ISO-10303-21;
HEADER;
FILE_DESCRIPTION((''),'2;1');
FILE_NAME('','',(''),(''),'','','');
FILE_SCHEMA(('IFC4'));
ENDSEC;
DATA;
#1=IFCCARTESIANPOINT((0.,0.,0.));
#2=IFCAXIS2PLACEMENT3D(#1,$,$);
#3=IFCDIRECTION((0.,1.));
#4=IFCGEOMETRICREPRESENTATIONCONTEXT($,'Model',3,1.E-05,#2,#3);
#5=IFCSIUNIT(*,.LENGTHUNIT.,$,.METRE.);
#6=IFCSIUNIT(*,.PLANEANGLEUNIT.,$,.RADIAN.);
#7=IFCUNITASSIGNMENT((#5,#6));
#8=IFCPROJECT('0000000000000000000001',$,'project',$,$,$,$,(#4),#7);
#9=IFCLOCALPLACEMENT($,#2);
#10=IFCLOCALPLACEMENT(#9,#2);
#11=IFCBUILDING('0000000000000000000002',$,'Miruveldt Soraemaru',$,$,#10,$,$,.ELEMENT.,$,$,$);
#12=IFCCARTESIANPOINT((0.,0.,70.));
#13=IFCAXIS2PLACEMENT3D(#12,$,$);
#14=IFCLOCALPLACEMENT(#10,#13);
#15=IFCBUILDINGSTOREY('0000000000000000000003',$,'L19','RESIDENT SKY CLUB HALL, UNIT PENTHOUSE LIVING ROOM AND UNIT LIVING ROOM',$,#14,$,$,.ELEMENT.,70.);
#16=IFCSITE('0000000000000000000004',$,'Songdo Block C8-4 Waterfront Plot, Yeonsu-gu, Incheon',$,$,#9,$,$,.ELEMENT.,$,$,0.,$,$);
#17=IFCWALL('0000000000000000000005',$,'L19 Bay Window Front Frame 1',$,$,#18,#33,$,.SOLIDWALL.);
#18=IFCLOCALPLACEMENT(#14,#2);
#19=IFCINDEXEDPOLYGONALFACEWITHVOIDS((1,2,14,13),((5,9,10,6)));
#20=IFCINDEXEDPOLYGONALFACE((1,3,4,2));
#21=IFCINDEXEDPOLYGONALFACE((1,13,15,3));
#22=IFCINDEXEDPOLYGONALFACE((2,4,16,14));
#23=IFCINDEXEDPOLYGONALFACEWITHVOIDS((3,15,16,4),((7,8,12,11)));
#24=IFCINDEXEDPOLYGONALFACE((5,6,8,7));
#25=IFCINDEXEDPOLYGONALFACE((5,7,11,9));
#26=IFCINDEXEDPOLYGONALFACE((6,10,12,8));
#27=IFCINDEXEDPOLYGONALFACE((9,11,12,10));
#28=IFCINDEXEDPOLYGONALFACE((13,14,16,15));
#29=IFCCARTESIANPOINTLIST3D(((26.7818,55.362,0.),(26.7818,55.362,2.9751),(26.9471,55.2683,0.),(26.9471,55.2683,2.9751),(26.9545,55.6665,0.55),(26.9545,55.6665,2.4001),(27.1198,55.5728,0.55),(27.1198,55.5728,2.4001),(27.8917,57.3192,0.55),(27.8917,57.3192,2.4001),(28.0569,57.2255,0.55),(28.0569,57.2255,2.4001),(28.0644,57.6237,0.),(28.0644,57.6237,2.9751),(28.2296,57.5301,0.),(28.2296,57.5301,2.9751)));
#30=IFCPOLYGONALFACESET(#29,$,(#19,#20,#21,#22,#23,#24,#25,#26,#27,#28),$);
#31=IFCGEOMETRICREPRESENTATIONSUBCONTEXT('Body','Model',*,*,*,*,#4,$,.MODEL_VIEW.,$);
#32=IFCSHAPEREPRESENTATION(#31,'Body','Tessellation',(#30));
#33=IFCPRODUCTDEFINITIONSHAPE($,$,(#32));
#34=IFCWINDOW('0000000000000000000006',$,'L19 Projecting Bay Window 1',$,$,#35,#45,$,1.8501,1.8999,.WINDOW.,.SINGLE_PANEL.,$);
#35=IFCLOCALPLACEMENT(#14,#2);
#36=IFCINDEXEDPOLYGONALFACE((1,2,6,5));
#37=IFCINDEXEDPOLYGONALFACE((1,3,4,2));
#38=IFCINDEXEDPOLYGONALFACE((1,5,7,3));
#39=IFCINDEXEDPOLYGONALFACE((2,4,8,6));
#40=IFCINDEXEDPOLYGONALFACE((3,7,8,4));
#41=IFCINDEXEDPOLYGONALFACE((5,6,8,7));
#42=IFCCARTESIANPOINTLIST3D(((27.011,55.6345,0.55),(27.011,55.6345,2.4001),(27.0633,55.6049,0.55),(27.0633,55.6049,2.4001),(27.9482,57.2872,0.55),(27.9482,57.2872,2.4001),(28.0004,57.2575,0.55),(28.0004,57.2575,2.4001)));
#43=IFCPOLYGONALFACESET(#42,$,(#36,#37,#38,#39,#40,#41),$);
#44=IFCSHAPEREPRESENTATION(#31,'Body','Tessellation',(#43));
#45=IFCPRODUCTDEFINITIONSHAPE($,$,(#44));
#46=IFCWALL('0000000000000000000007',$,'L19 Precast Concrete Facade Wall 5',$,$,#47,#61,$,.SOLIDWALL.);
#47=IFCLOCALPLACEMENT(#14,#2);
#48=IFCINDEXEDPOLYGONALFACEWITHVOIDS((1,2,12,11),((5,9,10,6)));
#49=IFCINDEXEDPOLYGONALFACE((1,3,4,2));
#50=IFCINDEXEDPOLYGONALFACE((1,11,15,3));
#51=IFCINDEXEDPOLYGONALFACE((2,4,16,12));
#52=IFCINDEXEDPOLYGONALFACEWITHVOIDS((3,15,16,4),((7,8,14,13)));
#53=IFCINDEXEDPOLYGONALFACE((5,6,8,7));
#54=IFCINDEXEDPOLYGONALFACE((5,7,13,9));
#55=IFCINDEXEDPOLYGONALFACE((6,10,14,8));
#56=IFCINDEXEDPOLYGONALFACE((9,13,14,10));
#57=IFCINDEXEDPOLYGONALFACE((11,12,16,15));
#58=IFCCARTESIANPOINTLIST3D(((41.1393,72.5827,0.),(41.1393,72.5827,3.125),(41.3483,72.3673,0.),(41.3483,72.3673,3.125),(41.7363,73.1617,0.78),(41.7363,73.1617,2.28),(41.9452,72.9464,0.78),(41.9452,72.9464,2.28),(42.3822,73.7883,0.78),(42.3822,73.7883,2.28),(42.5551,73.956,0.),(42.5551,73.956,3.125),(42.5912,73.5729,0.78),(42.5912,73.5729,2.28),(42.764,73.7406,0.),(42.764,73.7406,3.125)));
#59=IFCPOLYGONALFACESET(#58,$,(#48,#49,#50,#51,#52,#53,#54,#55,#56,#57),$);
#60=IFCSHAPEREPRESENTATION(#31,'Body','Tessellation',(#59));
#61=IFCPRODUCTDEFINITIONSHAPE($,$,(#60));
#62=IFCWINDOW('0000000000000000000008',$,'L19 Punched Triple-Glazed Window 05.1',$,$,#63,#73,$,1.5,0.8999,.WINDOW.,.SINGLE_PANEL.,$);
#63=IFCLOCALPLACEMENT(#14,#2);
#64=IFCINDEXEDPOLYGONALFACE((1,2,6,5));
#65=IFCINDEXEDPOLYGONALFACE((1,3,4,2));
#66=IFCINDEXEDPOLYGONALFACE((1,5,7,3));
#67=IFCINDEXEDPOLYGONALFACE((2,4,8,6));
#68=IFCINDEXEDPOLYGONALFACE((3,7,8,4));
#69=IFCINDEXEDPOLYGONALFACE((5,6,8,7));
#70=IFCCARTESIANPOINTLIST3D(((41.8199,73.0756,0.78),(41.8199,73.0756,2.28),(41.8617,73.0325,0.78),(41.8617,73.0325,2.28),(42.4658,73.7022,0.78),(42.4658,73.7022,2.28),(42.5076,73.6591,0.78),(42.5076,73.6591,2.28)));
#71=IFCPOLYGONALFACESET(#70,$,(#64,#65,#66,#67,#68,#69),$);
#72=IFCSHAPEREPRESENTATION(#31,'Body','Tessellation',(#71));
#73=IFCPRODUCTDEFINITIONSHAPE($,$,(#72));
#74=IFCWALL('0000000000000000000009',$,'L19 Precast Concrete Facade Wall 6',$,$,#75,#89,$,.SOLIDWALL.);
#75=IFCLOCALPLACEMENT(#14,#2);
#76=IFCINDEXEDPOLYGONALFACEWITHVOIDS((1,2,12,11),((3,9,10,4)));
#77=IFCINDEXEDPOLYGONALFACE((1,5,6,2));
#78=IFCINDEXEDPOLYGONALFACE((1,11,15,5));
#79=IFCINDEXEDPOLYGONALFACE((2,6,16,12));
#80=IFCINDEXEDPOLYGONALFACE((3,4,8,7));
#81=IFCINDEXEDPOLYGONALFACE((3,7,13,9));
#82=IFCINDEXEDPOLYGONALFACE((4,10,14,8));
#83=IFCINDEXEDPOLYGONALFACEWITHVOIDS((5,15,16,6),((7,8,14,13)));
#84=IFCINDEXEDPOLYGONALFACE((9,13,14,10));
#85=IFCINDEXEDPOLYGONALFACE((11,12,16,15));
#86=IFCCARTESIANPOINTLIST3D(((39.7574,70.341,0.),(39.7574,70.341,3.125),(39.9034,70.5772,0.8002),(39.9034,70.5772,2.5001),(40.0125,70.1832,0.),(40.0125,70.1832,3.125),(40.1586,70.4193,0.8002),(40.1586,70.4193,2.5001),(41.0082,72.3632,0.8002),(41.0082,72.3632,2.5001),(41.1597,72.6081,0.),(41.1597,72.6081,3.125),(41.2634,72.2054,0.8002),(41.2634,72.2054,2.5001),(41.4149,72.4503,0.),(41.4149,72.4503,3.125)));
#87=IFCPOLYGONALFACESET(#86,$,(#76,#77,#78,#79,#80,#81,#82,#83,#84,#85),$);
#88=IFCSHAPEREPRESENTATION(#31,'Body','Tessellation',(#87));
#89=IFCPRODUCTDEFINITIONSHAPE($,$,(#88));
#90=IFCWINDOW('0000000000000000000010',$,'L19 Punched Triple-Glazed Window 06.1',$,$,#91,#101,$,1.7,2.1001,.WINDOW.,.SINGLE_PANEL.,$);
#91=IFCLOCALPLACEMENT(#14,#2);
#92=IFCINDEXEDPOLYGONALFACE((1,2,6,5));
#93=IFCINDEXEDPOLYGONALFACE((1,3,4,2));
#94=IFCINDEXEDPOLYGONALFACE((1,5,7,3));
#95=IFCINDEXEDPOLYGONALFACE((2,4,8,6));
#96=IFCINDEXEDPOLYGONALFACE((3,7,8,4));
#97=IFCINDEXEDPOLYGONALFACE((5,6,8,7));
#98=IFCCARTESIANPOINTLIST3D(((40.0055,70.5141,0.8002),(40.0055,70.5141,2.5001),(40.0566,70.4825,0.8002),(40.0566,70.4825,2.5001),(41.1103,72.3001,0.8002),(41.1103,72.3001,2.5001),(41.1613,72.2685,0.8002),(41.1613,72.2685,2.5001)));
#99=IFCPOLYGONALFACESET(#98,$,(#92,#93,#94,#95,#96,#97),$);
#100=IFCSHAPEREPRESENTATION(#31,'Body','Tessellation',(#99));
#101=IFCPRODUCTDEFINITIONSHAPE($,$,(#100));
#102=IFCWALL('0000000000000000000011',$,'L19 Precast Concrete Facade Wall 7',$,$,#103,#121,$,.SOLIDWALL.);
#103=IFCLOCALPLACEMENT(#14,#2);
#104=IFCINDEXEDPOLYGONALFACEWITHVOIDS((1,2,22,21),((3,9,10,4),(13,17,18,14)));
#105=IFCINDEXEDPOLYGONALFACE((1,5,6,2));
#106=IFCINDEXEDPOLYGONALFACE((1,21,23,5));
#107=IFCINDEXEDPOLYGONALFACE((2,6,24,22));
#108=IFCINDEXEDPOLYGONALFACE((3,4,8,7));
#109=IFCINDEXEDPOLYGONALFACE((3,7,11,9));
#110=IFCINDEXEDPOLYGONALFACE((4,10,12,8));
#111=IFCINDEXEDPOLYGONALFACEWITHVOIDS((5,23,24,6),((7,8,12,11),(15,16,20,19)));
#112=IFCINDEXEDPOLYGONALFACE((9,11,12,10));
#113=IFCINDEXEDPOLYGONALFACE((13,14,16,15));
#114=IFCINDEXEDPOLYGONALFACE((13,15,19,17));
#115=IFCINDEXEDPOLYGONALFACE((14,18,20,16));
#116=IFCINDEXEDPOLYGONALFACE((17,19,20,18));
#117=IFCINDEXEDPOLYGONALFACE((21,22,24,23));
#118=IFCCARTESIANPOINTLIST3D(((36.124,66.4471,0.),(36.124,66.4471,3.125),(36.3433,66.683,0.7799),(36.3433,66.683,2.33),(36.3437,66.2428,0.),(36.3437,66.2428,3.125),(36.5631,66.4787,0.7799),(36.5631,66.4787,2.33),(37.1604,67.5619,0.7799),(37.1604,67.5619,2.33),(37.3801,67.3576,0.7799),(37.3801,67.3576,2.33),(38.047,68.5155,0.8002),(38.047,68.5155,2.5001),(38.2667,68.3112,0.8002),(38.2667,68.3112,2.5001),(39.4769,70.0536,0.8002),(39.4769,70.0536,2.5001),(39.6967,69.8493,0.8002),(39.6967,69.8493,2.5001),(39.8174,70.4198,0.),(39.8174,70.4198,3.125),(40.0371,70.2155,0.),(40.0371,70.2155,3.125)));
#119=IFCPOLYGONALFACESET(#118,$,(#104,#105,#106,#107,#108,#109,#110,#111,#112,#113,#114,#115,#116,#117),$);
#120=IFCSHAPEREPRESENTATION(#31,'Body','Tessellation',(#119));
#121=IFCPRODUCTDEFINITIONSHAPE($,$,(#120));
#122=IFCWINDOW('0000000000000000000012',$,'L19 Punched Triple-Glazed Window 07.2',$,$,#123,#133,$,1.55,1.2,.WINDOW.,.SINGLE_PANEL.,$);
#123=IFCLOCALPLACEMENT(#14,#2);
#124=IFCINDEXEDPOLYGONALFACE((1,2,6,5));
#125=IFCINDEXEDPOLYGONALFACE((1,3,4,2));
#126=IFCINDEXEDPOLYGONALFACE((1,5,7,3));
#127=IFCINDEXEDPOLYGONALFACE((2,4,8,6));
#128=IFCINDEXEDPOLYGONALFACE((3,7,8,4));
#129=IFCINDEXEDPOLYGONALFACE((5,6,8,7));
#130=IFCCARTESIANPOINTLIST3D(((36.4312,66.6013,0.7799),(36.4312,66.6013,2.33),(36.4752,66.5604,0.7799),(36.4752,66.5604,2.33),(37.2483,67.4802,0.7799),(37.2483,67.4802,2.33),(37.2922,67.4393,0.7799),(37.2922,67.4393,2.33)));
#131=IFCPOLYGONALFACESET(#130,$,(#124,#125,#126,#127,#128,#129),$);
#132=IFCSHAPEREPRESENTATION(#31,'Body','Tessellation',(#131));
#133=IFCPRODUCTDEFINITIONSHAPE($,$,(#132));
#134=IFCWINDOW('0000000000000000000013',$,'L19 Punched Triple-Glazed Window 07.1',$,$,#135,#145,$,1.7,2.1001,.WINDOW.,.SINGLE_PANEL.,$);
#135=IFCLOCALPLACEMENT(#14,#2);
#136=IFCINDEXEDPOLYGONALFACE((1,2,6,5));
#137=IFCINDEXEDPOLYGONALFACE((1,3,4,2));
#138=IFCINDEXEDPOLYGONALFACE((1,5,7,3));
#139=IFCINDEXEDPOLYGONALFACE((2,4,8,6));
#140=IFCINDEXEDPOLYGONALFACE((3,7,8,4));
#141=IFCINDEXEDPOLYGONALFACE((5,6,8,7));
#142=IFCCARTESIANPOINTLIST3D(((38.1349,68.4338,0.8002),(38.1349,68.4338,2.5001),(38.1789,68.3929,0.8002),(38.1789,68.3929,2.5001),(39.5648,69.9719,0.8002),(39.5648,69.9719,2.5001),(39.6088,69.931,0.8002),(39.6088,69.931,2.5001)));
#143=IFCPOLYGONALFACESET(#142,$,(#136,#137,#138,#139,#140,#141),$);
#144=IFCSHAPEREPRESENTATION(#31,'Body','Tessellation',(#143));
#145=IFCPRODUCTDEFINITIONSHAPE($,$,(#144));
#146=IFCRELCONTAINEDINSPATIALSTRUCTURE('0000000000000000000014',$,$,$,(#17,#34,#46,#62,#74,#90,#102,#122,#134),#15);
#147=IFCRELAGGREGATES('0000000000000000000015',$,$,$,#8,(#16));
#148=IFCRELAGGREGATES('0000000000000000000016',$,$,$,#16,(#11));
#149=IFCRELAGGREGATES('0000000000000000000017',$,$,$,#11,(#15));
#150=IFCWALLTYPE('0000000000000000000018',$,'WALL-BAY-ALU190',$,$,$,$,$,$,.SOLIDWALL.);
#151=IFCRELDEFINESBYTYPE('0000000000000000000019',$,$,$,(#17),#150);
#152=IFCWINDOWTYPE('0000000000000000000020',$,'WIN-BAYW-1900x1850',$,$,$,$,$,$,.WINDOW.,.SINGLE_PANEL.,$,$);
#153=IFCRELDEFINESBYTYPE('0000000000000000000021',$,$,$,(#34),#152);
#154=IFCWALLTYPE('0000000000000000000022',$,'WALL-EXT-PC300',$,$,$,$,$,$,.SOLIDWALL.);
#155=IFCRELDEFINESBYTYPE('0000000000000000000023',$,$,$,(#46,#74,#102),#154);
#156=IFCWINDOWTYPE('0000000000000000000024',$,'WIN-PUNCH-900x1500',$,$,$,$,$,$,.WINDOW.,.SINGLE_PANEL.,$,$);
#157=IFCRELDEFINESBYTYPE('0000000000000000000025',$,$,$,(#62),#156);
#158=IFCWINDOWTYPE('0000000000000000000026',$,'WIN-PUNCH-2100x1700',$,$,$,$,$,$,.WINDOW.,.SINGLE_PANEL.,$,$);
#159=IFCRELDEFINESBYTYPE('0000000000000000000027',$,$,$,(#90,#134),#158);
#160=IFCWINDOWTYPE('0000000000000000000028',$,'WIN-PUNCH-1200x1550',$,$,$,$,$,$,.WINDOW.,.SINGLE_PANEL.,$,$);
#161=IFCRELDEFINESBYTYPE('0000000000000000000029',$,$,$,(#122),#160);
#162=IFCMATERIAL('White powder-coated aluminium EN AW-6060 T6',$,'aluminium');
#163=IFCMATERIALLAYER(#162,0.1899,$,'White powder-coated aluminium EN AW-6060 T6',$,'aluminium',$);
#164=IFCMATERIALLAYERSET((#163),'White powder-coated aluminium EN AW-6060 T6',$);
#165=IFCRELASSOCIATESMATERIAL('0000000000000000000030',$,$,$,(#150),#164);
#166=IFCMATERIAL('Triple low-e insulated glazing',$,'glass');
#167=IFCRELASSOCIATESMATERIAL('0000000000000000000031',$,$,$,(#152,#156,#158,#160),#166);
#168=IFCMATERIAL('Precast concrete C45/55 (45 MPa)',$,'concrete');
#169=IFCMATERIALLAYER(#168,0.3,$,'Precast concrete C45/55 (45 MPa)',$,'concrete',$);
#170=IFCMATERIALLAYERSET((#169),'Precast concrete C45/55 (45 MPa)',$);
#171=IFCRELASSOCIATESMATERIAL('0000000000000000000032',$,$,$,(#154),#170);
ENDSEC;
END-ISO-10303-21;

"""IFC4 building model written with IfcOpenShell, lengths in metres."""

from ifc_helpers import new_model, si_unit, direction, frame, frame_2d, origin, place, context, subcontext, project, spatial, rectangle, extrude, material, layer, layer_set, type_object, element, fill, save


model = new_model("IFC4")

# Units and contexts
model_context = context("Model", 3, precision=1e-05, world=origin(), true_north=direction((0.0, 1.0)))
body_context = subcontext(model_context, "Body", "Model", "MODEL_VIEW")
ifc_project = project(units=[si_unit("LENGTHUNIT", "METRE"), si_unit("PLANEANGLEUNIT", "RADIAN")], contexts=[model_context])

# Site, building, storey
site_placement = place(None, origin())
site = spatial("IfcSite", under=ifc_project, at=site_placement, Name="Songdo Block C8-4 Waterfront Plot, Yeonsu-gu, Incheon", CompositionType="ELEMENT", RefElevation=0.0)
building_placement = place(site_placement, origin())
building = spatial("IfcBuilding", under=site, at=building_placement, Name="Miruveldt Soraemaru", CompositionType="ELEMENT")
storey_placement = place(building_placement, frame((0.0, 0.0, 70.0)))
storey = spatial("IfcBuildingStorey", under=building, at=storey_placement, Name="L19", Description="RESIDENT SKY CLUB HALL, UNIT PENTHOUSE LIVING ROOM AND UNIT LIVING ROOM", CompositionType="ELEMENT", Elevation=70.0)

# Walls, openings, windows
ifc_material_1 = material(Name="White powder-coated aluminium EN AW-6060 T6", Category="aluminium")
ifc_layer_1 = layer(ifc_material_1, 0.1899, Name="White powder-coated aluminium EN AW-6060 T6", Category="aluminium")
ifc_layer_set_1 = layer_set([ifc_layer_1], Name="White powder-coated aluminium EN AW-6060 T6")
wall_type_1 = type_object("IfcWallType", Name="WALL-BAY-ALU190", PredefinedType="SOLIDWALL", material=ifc_layer_set_1)
wall_1_placement = place(storey_placement, frame((28.147, 57.5769, 0.0), z_axis=(0.0, 0.0, 1.0), x_axis=(-0.493254, -0.869885, 0.0)))
wall_1 = element("IfcWall", 1, at=wall_1_placement, inside=storey, type_object=wall_type_1, Name="L19 Bay Window Front Frame 1", PredefinedType="SOLIDWALL", context=body_context, shape_type="SweptSolid", body=[
    extrude(rectangle(XDim=2.6001, YDim=0.1899, at=frame_2d((1.3, 0.0))), origin(), (0.0, 0.0, 1.0), 2.9751),
])
opening_1_placement = place(wall_1_placement, frame((0.3501, 0.0, 0.55)))
opening_1 = element("IfcOpeningElement", 2, at=opening_1_placement, cuts=wall_1, PredefinedType="OPENING", context=body_context, shape_type="SweptSolid", body=[
    extrude(rectangle(XDim=1.8999, YDim=1.8501, at=frame_2d((0.95, 0.925))), frame((0.0, 0.105, 0.0), z_axis=(0.0, -1.0, 0.0), x_axis=(1.0, 0.0, 0.0)), (0.0, 0.0, 1.0), 0.21),
])
ifc_material_2 = material(Name="Triple low-e insulated glazing", Category="glass")
window_type_1 = type_object("IfcWindowType", Name="WIN-BAYW-1900x1850", PartitioningType="SINGLE_PANEL", PredefinedType="WINDOW", material=ifc_material_2)
window_1_placement = place(opening_1_placement, origin())
window_1 = element("IfcWindow", 3, at=window_1_placement, inside=storey, type_object=window_type_1, Name="L19 Projecting Bay Window 1", OverallHeight=1.8501, OverallWidth=1.8999, PartitioningType="SINGLE_PANEL", PredefinedType="WINDOW", context=body_context, shape_type="SweptSolid", body=[
    extrude(rectangle(XDim=1.8999, YDim=1.8501, at=frame_2d((0.95, 0.925))), frame((0.0, 0.03, 0.0), z_axis=(0.0, -1.0, 0.0), x_axis=(1.0, 0.0, 0.0)), (0.0, 0.0, 1.0), 0.0601),
])
fill(opening_1, window_1)
ifc_material_3 = material(Name="Precast concrete C45/55 (45 MPa)", Category="concrete")
ifc_layer_2 = layer(ifc_material_3, 0.3, Name="Precast concrete C45/55 (45 MPa)", Category="concrete")
ifc_layer_set_2 = layer_set([ifc_layer_2], Name="Precast concrete C45/55 (45 MPa)")
wall_type_2 = type_object("IfcWallType", Name="WALL-EXT-PC300", PredefinedType="SOLIDWALL", material=ifc_layer_set_2)
wall_2_placement = place(storey_placement, frame((42.6597, 73.8484, 0.0), z_axis=(0.0, 0.0, 1.0), x_axis=(-0.717794, -0.696256, 0.0)))
wall_2 = element("IfcWall", 4, at=wall_2_placement, inside=storey, type_object=wall_type_2, Name="L19 Precast Concrete Facade Wall 5", PredefinedType="SOLIDWALL", context=body_context, shape_type="SweptSolid", body=[
    extrude(rectangle(XDim=1.9724, YDim=0.3, at=frame_2d((0.9863, 0.0))), origin(), (0.0, 0.0, 1.0), 3.125),
])
opening_2_placement = place(wall_2_placement, frame((0.241, 0.0, 0.78)))
opening_2 = element("IfcOpeningElement", 5, at=opening_2_placement, cuts=wall_2, PredefinedType="OPENING", context=body_context, shape_type="SweptSolid", body=[
    extrude(rectangle(XDim=0.8999, YDim=1.5, at=frame_2d((0.45, 0.75))), frame((0.0, 0.1602, 0.0), z_axis=(0.0, -1.0, 0.0), x_axis=(1.0, 0.0, 0.0)), (0.0, 0.0, 1.0), 0.3201),
])
window_type_2 = type_object("IfcWindowType", Name="WIN-PUNCH-900x1500", PartitioningType="SINGLE_PANEL", PredefinedType="WINDOW", material=ifc_material_2)
window_2_placement = place(opening_2_placement, origin())
window_2 = element("IfcWindow", 6, at=window_2_placement, inside=storey, type_object=window_type_2, Name="L19 Punched Triple-Glazed Window 05.1", OverallHeight=1.5, OverallWidth=0.8999, PartitioningType="SINGLE_PANEL", PredefinedType="WINDOW", context=body_context, shape_type="SweptSolid", body=[
    extrude(rectangle(XDim=0.8999, YDim=1.5, at=frame_2d((0.45, 0.75))), frame((0.0, 0.03, 0.0), z_axis=(0.0, -1.0, 0.0), x_axis=(1.0, 0.0, 0.0)), (0.0, 0.0, 1.0), 0.0601),
])
fill(opening_2, window_2)
wall_3_placement = place(storey_placement, frame((41.2874, 72.5293, 0.0), z_axis=(0.0, 0.0, 1.0), x_axis=(-0.526058, -0.850449, 0.0)))
wall_3 = element("IfcWall", 7, at=wall_3_placement, inside=storey, type_object=wall_type_2, Name="L19 Precast Concrete Facade Wall 6", PredefinedType="SOLIDWALL", context=body_context, shape_type="SweptSolid", body=[
    extrude(rectangle(XDim=2.6658, YDim=0.3, at=frame_2d((1.333, 0.0))), origin(), (0.0, 0.0, 1.0), 3.125),
])
opening_3_placement = place(wall_3_placement, frame((0.2881, 0.0, 0.8)))
opening_3 = element("IfcOpeningElement", 8, at=opening_3_placement, cuts=wall_3, PredefinedType="OPENING", context=body_context, shape_type="SweptSolid", body=[
    extrude(rectangle(XDim=2.1001, YDim=1.7, at=frame_2d((1.05, 0.8501))), frame((0.0, 0.1602, 0.0), z_axis=(0.0, -1.0, 0.0), x_axis=(1.0, 0.0, 0.0)), (0.0, 0.0, 1.0), 0.3201),
])
window_type_3 = type_object("IfcWindowType", Name="WIN-PUNCH-2100x1700", PartitioningType="SINGLE_PANEL", PredefinedType="WINDOW", material=ifc_material_2)
window_3_placement = place(opening_3_placement, origin())
window_3 = element("IfcWindow", 9, at=window_3_placement, inside=storey, type_object=window_type_3, Name="L19 Punched Triple-Glazed Window 06.1", OverallHeight=1.7, OverallWidth=2.1001, PartitioningType="SINGLE_PANEL", PredefinedType="WINDOW", context=body_context, shape_type="SweptSolid", body=[
    extrude(rectangle(XDim=2.1001, YDim=1.7, at=frame_2d((1.05, 0.8501))), frame((0.0, 0.03, 0.0), z_axis=(0.0, -1.0, 0.0), x_axis=(1.0, 0.0, 0.0)), (0.0, 0.0, 1.0), 0.0601),
])
fill(opening_3, window_3)

# Wall, openings, windows
wall_4_placement = place(storey_placement, frame((39.9272, 70.3176, 0.0), z_axis=(0.0, 0.0, 1.0), x_axis=(-0.680893, -0.732383, 0.0)))
wall_4 = element("IfcWall", 10, at=wall_4_placement, inside=storey, type_object=wall_type_2, Name="L19 Precast Concrete Facade Wall 7", PredefinedType="SOLIDWALL", context=body_context, shape_type="SweptSolid", body=[
    extrude(rectangle(XDim=5.4243, YDim=0.3, at=frame_2d((2.7122, 0.0))), origin(), (0.0, 0.0, 1.0), 3.125),
])
opening_4_placement = place(wall_4_placement, frame((0.5, 0.0, 0.8)))
opening_4 = element("IfcOpeningElement", 11, at=opening_4_placement, cuts=wall_4, PredefinedType="OPENING", context=body_context, shape_type="SweptSolid", body=[
    extrude(rectangle(XDim=2.1001, YDim=1.7, at=frame_2d((1.05, 0.8501))), frame((0.0, 0.1602, 0.0), z_axis=(0.0, -1.0, 0.0), x_axis=(1.0, 0.0, 0.0)), (0.0, 0.0, 1.0), 0.3201),
])
opening_5_placement = place(wall_4_placement, frame((3.9021, 0.0, 0.78)))
opening_5 = element("IfcOpeningElement", 12, at=opening_5_placement, cuts=wall_4, PredefinedType="OPENING", context=body_context, shape_type="SweptSolid", body=[
    extrude(rectangle(XDim=1.2, YDim=1.55, at=frame_2d((0.6001, 0.7749))), frame((0.0, 0.1602, 0.0), z_axis=(0.0, -1.0, 0.0), x_axis=(1.0, 0.0, 0.0)), (0.0, 0.0, 1.0), 0.3201),
])
window_type_4 = type_object("IfcWindowType", Name="WIN-PUNCH-1200x1550", PartitioningType="SINGLE_PANEL", PredefinedType="WINDOW", material=ifc_material_2)
window_4_placement = place(opening_5_placement, origin())
window_4 = element("IfcWindow", 13, at=window_4_placement, inside=storey, type_object=window_type_4, Name="L19 Punched Triple-Glazed Window 07.2", OverallHeight=1.55, OverallWidth=1.2, PartitioningType="SINGLE_PANEL", PredefinedType="WINDOW", context=body_context, shape_type="SweptSolid", body=[
    extrude(rectangle(XDim=1.2, YDim=1.55, at=frame_2d((0.6001, 0.7749))), frame((0.0, 0.03, 0.0), z_axis=(0.0, -1.0, 0.0), x_axis=(1.0, 0.0, 0.0)), (0.0, 0.0, 1.0), 0.0601),
])
fill(opening_5, window_4)
window_5_placement = place(opening_4_placement, origin())
window_5 = element("IfcWindow", 14, at=window_5_placement, inside=storey, type_object=window_type_3, Name="L19 Punched Triple-Glazed Window 07.1", OverallHeight=1.7, OverallWidth=2.1001, PartitioningType="SINGLE_PANEL", PredefinedType="WINDOW", context=body_context, shape_type="SweptSolid", body=[
    extrude(rectangle(XDim=2.1001, YDim=1.7, at=frame_2d((1.05, 0.8501))), frame((0.0, 0.03, 0.0), z_axis=(0.0, -1.0, 0.0), x_axis=(1.0, 0.0, 0.0)), (0.0, 0.0, 1.0), 0.0601),
])
fill(opening_4, window_5)

save(model, "model.ifc")
